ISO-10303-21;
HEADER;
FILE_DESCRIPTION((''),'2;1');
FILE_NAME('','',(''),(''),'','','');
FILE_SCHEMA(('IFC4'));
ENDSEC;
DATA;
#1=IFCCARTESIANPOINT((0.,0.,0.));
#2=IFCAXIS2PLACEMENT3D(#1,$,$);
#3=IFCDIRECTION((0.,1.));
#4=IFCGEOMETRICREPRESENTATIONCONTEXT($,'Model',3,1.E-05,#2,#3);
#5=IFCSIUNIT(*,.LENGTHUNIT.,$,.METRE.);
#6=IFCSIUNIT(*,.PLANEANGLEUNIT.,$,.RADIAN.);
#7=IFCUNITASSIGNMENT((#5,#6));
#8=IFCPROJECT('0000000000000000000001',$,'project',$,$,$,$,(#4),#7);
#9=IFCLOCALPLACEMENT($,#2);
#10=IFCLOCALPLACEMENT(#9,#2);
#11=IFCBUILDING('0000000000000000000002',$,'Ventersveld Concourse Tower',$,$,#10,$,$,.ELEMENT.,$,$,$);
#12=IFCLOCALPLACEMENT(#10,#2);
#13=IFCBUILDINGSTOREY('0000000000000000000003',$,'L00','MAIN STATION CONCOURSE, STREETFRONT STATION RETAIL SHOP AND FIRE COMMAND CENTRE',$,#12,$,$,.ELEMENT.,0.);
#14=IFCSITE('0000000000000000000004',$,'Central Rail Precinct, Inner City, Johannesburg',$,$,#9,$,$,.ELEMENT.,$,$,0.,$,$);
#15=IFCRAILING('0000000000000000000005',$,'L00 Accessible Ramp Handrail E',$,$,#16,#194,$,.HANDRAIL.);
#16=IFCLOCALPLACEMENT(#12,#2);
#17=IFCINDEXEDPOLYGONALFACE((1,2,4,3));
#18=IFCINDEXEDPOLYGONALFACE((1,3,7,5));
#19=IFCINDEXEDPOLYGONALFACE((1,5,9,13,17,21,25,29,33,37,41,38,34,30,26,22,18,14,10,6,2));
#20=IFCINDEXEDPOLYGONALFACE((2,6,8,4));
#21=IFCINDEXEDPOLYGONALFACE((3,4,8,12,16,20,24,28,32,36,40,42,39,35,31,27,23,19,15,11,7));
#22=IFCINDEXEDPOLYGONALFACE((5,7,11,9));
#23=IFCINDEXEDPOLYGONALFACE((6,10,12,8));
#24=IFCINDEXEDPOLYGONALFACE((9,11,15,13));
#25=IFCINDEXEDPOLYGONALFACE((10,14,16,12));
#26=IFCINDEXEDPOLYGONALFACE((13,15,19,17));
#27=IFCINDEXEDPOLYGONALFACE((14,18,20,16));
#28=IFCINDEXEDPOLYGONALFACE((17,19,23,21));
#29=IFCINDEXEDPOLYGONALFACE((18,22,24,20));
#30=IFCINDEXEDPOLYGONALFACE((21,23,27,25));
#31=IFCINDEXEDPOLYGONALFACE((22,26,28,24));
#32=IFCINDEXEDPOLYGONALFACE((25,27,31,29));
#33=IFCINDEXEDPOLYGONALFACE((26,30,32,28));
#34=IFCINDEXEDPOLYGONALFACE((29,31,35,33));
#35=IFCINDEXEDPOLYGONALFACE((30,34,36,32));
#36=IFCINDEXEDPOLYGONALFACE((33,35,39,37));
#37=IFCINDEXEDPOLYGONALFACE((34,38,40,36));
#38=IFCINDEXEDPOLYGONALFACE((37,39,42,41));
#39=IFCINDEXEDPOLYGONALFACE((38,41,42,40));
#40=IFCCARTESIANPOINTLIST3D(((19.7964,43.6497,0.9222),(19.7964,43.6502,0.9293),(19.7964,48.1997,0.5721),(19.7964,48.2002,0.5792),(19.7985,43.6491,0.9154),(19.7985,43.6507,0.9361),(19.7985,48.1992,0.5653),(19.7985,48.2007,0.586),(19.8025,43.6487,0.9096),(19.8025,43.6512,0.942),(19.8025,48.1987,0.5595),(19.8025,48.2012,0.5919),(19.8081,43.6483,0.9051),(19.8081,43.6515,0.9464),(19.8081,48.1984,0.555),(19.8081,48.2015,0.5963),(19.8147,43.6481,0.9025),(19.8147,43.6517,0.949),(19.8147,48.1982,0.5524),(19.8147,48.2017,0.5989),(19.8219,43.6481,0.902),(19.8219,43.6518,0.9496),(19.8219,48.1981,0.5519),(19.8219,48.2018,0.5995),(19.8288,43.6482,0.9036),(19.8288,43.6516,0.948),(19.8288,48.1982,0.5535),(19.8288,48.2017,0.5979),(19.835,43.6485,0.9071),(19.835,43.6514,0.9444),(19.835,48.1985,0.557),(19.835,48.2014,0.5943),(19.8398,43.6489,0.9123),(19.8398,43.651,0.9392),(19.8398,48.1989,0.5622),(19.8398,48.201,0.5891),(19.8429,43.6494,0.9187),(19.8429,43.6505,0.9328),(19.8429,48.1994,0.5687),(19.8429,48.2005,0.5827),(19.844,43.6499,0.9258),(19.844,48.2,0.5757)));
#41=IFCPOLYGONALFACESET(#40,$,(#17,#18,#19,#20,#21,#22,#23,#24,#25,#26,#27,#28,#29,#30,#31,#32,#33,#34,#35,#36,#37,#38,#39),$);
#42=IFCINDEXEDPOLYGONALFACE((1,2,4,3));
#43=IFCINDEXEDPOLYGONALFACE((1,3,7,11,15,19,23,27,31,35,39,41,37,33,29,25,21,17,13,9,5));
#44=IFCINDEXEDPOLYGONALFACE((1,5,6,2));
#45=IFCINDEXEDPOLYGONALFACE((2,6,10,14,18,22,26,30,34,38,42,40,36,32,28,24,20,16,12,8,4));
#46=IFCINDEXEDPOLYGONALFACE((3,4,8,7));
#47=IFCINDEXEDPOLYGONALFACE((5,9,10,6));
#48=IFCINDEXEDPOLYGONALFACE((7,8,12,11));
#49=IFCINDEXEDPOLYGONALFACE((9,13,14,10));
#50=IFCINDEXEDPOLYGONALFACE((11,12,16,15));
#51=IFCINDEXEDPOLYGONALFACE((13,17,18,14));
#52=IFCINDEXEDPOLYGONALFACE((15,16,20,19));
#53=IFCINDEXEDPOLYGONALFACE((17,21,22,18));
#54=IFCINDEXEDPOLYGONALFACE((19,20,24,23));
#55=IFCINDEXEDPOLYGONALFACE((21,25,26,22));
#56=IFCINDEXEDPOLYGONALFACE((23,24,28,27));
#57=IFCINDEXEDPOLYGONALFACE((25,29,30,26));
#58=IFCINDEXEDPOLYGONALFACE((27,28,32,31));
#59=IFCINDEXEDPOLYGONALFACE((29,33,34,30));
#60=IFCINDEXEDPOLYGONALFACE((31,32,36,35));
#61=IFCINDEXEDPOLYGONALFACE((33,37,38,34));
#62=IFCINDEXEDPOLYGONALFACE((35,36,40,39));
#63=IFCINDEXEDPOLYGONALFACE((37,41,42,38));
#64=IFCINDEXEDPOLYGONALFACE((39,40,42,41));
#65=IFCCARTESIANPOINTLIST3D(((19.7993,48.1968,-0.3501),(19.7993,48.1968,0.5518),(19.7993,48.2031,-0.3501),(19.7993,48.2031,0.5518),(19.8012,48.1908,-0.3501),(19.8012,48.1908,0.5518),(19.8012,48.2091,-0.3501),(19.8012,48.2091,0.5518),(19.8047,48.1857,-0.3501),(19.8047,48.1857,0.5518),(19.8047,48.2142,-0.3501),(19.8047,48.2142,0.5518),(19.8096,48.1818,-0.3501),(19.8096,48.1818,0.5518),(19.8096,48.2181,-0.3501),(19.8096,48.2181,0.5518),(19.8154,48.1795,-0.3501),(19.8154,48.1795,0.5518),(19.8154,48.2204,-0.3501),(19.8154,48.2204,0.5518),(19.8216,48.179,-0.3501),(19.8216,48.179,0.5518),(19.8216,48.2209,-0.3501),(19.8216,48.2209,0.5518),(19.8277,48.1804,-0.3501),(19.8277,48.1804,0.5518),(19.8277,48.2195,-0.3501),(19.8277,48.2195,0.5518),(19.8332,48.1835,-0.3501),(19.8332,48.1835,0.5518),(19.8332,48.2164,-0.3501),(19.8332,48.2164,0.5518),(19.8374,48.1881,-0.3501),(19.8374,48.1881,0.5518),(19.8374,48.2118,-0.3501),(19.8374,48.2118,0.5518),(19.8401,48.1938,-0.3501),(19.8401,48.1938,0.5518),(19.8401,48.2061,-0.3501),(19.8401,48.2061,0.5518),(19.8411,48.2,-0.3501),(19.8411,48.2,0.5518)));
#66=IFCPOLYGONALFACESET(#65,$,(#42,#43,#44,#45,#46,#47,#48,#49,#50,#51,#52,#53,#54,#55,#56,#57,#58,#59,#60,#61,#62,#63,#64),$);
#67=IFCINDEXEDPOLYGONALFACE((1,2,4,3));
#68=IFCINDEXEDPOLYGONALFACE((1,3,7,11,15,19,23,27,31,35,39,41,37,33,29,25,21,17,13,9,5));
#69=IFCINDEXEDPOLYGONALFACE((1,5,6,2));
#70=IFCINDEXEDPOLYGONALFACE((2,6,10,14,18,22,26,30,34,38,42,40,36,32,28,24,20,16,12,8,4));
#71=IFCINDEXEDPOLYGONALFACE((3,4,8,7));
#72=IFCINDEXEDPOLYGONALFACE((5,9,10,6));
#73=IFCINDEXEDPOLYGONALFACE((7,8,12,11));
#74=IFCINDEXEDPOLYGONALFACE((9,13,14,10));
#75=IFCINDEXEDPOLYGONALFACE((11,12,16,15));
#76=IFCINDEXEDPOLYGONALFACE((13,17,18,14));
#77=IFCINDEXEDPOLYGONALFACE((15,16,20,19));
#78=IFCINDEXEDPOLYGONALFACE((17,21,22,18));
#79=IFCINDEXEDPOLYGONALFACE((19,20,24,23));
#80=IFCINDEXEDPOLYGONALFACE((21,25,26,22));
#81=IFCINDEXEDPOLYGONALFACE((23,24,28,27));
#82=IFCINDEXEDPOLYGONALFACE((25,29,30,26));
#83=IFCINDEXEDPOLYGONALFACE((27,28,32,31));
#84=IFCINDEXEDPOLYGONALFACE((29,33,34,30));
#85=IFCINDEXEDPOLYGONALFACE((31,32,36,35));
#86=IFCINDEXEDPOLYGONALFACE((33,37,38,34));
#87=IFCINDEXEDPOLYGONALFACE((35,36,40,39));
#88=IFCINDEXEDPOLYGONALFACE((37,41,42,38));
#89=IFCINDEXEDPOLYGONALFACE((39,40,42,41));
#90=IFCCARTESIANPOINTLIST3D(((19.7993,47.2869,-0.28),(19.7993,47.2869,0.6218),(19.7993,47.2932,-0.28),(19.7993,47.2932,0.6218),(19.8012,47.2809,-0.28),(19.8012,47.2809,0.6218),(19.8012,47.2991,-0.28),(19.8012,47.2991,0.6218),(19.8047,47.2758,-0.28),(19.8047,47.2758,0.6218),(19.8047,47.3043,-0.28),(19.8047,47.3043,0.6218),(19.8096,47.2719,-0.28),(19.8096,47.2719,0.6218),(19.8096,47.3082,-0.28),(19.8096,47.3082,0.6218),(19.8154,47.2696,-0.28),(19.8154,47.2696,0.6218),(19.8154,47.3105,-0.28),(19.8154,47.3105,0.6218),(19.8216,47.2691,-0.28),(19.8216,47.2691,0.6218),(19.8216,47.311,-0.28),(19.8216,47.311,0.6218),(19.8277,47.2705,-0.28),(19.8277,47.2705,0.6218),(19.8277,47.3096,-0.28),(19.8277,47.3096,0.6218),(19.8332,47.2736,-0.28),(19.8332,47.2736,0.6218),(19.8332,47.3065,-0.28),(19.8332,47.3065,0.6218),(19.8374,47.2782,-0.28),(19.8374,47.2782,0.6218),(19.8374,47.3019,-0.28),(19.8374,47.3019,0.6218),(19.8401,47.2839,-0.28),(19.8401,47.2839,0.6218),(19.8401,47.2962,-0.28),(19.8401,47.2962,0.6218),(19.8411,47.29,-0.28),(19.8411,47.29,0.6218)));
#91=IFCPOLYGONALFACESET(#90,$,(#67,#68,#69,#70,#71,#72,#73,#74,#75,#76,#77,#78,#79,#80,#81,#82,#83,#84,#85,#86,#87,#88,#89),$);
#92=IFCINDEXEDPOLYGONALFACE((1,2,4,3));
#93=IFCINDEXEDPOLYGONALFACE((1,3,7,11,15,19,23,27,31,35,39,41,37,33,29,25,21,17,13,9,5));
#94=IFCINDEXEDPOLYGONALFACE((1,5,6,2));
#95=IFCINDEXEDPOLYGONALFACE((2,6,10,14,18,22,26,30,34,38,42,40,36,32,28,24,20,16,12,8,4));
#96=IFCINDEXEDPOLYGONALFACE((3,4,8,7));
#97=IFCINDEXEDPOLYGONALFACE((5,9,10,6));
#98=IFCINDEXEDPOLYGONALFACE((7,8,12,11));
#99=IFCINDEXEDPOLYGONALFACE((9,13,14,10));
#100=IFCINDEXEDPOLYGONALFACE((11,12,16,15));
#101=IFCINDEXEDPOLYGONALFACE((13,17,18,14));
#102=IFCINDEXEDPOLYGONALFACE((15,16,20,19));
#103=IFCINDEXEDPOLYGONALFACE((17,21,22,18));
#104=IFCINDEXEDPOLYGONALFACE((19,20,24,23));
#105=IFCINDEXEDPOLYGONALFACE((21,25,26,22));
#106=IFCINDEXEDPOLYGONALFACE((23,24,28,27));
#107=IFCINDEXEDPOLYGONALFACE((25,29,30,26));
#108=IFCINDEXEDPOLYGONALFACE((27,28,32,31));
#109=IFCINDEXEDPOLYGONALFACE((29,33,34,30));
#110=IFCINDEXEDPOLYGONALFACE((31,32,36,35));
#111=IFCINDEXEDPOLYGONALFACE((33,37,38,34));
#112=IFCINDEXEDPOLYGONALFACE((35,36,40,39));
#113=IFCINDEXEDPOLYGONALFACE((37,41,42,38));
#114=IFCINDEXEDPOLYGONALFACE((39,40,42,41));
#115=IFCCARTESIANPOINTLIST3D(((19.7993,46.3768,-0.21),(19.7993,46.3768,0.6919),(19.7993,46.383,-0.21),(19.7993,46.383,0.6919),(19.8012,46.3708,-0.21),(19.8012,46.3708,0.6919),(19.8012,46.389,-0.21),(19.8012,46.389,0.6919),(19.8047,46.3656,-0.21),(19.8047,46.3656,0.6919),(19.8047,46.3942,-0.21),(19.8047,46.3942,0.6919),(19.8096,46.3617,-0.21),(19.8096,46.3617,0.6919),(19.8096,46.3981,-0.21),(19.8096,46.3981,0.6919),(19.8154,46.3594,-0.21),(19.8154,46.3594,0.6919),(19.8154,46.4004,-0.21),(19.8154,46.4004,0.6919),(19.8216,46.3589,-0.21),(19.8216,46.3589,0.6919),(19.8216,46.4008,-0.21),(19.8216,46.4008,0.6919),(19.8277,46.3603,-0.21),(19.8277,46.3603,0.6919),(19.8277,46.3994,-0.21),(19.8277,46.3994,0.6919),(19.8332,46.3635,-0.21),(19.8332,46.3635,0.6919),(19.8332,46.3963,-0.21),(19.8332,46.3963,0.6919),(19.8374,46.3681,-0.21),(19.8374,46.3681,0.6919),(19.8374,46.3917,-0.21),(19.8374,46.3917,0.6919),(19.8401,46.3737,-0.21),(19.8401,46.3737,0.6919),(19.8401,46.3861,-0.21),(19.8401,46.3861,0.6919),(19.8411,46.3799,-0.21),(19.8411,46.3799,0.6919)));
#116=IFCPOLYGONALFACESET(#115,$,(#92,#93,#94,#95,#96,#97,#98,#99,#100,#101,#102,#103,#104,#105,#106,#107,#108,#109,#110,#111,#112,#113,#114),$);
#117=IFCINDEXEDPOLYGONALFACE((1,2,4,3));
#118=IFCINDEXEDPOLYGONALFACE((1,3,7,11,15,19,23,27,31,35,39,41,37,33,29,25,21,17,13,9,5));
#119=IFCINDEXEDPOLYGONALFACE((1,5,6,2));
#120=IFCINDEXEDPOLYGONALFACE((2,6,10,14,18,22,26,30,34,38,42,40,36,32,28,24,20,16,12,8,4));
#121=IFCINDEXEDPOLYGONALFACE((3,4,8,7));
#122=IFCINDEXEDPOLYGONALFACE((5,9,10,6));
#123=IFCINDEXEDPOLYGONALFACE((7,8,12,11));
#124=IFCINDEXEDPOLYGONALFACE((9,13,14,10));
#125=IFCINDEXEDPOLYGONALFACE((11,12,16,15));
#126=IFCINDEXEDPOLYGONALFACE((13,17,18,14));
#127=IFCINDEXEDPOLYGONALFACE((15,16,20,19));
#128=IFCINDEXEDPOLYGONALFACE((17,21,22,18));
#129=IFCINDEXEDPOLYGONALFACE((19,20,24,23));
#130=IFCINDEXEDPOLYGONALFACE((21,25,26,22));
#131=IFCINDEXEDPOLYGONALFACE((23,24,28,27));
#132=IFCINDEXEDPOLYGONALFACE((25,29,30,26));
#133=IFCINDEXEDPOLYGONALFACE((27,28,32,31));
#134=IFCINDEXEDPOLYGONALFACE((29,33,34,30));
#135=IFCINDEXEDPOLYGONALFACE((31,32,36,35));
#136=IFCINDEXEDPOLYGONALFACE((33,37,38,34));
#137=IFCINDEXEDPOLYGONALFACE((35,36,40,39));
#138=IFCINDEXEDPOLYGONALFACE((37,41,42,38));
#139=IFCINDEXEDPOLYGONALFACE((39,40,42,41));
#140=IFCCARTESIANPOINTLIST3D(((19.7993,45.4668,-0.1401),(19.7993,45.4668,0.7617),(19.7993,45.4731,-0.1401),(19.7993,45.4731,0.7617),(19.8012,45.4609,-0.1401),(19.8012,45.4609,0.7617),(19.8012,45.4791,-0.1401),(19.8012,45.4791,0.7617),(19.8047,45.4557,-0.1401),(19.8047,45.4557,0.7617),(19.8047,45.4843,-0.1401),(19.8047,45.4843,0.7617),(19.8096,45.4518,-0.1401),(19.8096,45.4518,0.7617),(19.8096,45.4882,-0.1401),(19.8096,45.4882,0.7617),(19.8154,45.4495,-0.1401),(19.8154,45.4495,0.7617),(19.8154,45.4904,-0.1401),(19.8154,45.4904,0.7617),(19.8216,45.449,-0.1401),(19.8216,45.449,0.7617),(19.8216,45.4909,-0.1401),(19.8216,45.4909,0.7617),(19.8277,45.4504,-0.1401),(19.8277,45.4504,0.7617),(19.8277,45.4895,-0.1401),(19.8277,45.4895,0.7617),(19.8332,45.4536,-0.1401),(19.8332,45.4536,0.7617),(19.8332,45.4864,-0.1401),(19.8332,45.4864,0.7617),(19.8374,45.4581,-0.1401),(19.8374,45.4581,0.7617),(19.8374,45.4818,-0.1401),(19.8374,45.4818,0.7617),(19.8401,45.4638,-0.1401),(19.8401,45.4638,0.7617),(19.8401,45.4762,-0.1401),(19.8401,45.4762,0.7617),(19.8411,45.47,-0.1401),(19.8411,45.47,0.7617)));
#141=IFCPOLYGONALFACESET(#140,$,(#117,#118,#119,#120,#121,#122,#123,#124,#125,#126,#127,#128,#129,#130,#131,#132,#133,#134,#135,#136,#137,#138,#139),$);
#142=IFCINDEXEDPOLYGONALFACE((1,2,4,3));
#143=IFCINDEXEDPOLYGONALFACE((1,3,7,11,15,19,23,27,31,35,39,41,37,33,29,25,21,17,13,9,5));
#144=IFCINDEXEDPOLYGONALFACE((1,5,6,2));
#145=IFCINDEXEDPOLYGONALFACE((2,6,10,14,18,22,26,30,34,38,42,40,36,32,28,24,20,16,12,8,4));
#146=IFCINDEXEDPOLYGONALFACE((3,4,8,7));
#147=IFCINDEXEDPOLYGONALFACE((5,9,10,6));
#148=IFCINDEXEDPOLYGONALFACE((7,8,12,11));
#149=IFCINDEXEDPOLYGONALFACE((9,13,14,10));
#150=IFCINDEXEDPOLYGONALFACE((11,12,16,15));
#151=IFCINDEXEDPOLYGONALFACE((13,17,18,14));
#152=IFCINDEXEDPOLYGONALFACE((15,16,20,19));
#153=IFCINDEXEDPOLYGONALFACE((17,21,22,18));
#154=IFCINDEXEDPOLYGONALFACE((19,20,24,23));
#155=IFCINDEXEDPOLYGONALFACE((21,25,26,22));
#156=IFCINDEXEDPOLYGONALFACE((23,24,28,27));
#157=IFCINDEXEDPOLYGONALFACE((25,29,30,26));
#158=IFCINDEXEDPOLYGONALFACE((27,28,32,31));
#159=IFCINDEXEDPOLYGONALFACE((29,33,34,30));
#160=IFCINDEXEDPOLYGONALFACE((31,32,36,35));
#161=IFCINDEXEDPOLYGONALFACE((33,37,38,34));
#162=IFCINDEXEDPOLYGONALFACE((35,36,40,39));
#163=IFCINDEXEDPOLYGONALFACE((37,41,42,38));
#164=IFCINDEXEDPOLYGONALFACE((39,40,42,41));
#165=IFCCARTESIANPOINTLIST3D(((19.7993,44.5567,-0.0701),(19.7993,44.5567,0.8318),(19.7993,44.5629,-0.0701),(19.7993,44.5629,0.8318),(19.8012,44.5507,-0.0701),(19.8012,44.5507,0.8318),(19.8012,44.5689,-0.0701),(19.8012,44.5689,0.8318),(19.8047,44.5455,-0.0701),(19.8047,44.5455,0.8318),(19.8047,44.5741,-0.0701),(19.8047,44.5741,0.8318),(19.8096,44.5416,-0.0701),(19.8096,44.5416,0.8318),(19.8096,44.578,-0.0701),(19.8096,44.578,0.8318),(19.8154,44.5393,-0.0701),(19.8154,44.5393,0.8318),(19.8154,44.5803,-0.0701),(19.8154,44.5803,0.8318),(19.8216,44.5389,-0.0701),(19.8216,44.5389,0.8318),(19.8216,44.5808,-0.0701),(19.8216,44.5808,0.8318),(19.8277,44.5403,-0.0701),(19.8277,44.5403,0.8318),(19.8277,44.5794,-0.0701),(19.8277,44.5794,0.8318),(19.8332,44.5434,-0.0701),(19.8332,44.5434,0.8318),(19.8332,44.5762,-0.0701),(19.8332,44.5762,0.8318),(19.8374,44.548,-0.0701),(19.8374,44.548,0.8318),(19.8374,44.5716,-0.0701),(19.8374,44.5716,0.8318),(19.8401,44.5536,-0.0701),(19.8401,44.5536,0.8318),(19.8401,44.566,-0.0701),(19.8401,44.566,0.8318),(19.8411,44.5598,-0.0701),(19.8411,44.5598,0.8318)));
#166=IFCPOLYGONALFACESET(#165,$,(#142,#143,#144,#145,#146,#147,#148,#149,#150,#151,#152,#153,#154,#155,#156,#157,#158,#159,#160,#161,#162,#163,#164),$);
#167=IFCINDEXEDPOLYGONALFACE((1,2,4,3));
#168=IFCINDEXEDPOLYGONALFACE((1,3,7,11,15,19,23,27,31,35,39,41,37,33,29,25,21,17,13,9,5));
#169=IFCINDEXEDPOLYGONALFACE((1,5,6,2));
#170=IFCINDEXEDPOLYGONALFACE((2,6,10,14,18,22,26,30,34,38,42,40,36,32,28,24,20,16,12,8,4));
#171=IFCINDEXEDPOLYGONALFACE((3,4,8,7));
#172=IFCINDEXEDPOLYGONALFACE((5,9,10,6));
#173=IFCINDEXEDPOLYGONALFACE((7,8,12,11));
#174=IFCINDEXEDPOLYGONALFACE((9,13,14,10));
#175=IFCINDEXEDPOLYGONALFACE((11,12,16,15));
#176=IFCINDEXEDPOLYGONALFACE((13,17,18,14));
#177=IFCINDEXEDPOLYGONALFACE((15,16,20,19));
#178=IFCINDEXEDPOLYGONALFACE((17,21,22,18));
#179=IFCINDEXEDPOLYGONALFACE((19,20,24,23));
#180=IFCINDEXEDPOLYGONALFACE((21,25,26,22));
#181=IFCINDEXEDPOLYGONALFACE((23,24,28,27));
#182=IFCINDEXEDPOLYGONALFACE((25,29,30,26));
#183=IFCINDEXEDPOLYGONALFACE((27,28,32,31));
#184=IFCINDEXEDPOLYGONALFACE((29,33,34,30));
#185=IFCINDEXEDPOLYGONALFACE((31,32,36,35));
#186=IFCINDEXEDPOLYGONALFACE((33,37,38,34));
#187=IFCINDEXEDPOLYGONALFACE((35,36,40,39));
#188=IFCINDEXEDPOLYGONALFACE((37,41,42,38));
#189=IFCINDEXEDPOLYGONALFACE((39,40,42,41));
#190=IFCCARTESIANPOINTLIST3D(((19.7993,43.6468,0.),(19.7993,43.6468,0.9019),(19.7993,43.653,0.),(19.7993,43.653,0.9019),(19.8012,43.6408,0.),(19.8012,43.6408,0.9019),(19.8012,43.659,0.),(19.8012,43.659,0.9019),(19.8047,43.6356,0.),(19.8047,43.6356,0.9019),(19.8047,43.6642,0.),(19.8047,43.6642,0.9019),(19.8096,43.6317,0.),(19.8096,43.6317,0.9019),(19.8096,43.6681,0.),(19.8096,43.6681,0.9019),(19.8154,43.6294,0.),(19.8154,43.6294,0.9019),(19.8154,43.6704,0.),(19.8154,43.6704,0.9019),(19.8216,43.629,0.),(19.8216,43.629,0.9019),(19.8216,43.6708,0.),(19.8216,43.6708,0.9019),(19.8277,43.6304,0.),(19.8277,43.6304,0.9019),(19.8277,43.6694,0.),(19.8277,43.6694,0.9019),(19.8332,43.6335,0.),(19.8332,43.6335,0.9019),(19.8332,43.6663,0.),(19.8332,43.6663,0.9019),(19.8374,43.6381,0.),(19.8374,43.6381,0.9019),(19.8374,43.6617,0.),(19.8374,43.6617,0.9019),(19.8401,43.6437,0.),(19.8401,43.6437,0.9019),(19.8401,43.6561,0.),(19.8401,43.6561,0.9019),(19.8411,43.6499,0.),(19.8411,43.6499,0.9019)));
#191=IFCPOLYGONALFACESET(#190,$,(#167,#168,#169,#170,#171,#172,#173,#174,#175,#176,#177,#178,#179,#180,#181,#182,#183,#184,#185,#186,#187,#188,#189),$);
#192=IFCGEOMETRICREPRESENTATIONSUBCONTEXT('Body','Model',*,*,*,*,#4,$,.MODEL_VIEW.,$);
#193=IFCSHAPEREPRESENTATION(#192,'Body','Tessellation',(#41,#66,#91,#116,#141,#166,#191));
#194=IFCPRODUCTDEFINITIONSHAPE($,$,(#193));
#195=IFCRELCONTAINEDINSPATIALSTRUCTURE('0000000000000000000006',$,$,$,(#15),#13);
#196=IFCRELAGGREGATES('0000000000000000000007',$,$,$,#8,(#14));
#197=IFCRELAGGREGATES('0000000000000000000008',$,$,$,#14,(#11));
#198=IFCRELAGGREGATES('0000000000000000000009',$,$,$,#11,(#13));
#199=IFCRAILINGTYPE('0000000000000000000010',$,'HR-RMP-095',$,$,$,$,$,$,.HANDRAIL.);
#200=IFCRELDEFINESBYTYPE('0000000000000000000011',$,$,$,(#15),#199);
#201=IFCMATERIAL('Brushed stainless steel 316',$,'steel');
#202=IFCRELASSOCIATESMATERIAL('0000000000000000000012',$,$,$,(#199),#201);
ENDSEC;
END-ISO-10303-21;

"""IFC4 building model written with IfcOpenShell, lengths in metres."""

from ifc_helpers import new_model, si_unit, direction, frame, origin, origin_2d, place, context, subcontext, project, spatial, circle, extrude, material, type_object, element, save


model = new_model("IFC4")

# Units and contexts
model_context = context("Model", 3, precision=1e-05, world=origin(), true_north=direction((0.0, 1.0)))
body_context = subcontext(model_context, "Body", "Model", "MODEL_VIEW")
ifc_project = project(units=[si_unit("LENGTHUNIT", "METRE"), si_unit("PLANEANGLEUNIT", "RADIAN")], contexts=[model_context])

# Site, building, storey
site_placement = place(None, origin())
site = spatial("IfcSite", under=ifc_project, at=site_placement, Name="Central Rail Precinct, Inner City, Johannesburg", CompositionType="ELEMENT", RefElevation=0.0)
building_placement = place(site_placement, origin())
building = spatial("IfcBuilding", under=site, at=building_placement, Name="Ventersveld Concourse Tower", CompositionType="ELEMENT")
storey_placement = place(building_placement, origin())
storey = spatial("IfcBuildingStorey", under=building, at=storey_placement, Name="L00", Description="MAIN STATION CONCOURSE, STREETFRONT STATION RETAIL SHOP AND FIRE COMMAND CENTRE", CompositionType="ELEMENT", Elevation=0.0)

# Railing
ifc_material_1 = material(Name="Brushed stainless steel 316", Category="steel")
railing_type = type_object("IfcRailingType", Name="HR-RMP-095", PredefinedType="HANDRAIL", material=ifc_material_1)
for number, where, name in (
    (1, (19.8201, 48.2, -0.3501), "L00 Accessible Ramp Handrail E"),
):
    element("IfcRailing", number, at=place(storey_placement, frame(where)), inside=storey, type_object=railing_type, Name=name, PredefinedType="HANDRAIL", context=body_context, shape_type="SweptSolid", body=[
        extrude(circle(Radius=0.0239, at=origin_2d()), frame((0.0, 0.0, 0.9258), z_axis=(0.0, -0.997053, 0.076717), x_axis=(1.0, 0.0, 0.0)), (0.0, 0.0, 1.0), 4.5635),
        extrude(circle(Radius=0.021, at=origin_2d()), origin(), (0.0, 0.0, 1.0), 0.9019),
        extrude(circle(Radius=0.021, at=origin_2d()), frame((0.0, -0.9099, 0.0701)), (0.0, 0.0, 1.0), 0.9019),
        extrude(circle(Radius=0.021, at=origin_2d()), frame((0.0, -1.8201, 0.1401)), (0.0, 0.0, 1.0), 0.9019),
        extrude(circle(Radius=0.021, at=origin_2d()), frame((0.0, -2.73, 0.21)), (0.0, 0.0, 1.0), 0.9019),
        extrude(circle(Radius=0.021, at=origin_2d()), frame((0.0, -3.6401, 0.28)), (0.0, 0.0, 1.0), 0.9019),
        extrude(circle(Radius=0.021, at=origin_2d()), frame((0.0, -4.55, 0.3501)), (0.0, 0.0, 1.0), 0.9019),
    ])

save(model, "model.ifc")
